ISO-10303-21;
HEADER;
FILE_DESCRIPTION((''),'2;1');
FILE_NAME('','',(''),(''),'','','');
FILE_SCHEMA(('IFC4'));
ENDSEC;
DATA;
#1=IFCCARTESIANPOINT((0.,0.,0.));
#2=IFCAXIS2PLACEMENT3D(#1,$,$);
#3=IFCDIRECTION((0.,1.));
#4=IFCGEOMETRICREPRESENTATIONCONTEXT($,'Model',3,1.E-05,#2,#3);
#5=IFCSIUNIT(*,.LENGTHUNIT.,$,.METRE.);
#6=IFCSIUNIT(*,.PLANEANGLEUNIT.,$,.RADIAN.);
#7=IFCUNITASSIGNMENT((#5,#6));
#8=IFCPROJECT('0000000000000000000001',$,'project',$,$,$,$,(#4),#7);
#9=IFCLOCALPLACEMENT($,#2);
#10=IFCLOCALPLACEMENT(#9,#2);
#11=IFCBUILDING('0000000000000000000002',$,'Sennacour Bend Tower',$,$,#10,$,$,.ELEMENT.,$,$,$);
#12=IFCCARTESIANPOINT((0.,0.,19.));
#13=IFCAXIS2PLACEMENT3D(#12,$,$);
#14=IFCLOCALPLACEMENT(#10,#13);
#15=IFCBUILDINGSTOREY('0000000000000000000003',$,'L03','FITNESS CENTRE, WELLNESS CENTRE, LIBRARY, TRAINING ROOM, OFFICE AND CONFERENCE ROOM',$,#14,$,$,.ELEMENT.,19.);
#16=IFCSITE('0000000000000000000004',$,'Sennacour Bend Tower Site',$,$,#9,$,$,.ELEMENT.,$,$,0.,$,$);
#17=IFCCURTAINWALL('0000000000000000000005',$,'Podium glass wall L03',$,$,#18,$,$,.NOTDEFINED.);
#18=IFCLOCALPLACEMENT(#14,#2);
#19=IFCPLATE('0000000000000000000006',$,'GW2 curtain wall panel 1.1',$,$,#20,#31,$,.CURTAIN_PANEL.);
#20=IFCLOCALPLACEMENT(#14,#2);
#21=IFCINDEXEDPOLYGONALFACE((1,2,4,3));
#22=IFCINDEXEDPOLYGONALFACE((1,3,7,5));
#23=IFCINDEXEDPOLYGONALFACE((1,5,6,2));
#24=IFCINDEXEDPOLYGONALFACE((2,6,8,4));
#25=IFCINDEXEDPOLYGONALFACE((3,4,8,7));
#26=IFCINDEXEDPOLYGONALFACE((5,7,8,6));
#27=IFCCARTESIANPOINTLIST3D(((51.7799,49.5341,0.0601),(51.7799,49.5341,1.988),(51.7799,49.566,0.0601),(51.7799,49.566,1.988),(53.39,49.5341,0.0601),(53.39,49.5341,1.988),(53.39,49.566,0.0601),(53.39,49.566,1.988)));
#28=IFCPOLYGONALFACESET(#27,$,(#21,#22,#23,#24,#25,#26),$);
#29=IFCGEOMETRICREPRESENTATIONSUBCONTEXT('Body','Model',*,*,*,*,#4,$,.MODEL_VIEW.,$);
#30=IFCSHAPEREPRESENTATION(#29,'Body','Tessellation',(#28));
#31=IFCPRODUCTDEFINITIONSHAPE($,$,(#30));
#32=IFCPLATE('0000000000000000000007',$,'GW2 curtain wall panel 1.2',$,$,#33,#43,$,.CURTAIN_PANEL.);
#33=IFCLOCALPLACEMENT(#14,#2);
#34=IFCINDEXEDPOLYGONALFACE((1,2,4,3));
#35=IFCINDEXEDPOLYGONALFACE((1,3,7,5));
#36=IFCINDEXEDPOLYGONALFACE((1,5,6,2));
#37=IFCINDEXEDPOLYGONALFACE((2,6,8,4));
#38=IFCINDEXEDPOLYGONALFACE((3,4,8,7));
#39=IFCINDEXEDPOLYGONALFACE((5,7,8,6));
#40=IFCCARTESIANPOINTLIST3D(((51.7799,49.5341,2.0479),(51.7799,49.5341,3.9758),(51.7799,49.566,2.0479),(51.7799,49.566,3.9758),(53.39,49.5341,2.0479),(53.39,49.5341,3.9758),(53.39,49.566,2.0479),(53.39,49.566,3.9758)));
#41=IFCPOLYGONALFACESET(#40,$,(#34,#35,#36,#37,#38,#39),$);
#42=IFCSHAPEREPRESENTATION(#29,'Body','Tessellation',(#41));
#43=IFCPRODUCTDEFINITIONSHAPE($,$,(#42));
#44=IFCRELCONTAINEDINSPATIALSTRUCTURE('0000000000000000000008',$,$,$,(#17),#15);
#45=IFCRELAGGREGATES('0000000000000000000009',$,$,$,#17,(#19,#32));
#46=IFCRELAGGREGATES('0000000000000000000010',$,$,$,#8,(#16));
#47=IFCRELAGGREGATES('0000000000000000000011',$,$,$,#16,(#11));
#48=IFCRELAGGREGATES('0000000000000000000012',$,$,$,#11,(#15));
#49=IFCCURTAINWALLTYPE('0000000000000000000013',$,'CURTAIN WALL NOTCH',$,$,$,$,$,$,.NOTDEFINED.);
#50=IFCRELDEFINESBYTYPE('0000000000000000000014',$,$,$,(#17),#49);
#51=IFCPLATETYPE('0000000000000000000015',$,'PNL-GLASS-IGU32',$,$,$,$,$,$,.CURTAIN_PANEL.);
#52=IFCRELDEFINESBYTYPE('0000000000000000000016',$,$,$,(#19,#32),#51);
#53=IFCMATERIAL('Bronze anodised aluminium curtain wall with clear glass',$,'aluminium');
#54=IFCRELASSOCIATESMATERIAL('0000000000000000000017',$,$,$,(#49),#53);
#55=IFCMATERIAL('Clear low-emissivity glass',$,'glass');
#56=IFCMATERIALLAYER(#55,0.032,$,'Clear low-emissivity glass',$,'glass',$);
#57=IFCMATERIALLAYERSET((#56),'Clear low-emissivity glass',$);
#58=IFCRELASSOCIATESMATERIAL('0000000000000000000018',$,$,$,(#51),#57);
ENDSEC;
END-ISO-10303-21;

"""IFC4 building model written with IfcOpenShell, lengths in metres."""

from ifc_helpers import new_model, si_unit, direction, frame, origin, origin_2d, place, context, subcontext, project, spatial, rectangle, extrude, material, layer, layer_set, type_object, element, aggregate, save


model = new_model("IFC4")

# Units and contexts
model_context = context("Model", 3, precision=1e-05, world=origin(), true_north=direction((0.0, 1.0)))
body_context = subcontext(model_context, "Body", "Model", "MODEL_VIEW")
ifc_project = project(units=[si_unit("LENGTHUNIT", "METRE"), si_unit("PLANEANGLEUNIT", "RADIAN")], contexts=[model_context])

# Site, building, storey
site_placement = place(None, origin())
site = spatial("IfcSite", under=ifc_project, at=site_placement, Name="Sennacour Bend Tower Site", CompositionType="ELEMENT", RefElevation=0.0)
building_placement = place(site_placement, origin())
building = spatial("IfcBuilding", under=site, at=building_placement, Name="Sennacour Bend Tower", CompositionType="ELEMENT")
storey_placement = place(building_placement, frame((0.0, 0.0, 19.0)))
storey = spatial("IfcBuildingStorey", under=building, at=storey_placement, Name="L03", Description="FITNESS CENTRE, WELLNESS CENTRE, LIBRARY, TRAINING ROOM, OFFICE AND CONFERENCE ROOM", CompositionType="ELEMENT", Elevation=19.0)

# Shared definitions
ifc_material_1 = material(Name="Bronze anodised aluminium curtain wall with clear glass", Category="aluminium")
curtain_wall_type = type_object("IfcCurtainWallType", Name="CURTAIN WALL NOTCH", PredefinedType="NOTDEFINED", material=ifc_material_1)

# Curtain wall
curtain_wall_1_placement = place(storey_placement, origin())
curtain_wall_1 = element("IfcCurtainWall", 1, at=curtain_wall_1_placement, inside=storey, type_object=curtain_wall_type, Name="Podium glass wall L03", PredefinedType="NOTDEFINED")

# Plates
ifc_material_2 = material(Name="Clear low-emissivity glass", Category="glass")
ifc_layer = layer(ifc_material_2, 0.032, Name="Clear low-emissivity glass", Category="glass")
ifc_layer_set = layer_set([ifc_layer], Name="Clear low-emissivity glass")
plate_type = type_object("IfcPlateType", Name="PNL-GLASS-IGU32", PredefinedType="CURTAIN_PANEL", material=ifc_layer_set)
plate_1_placement = place(storey_placement, frame((52.585, 49.55, 0.0601), z_axis=(0.0, 0.0, 1.0), x_axis=(-1.0, 0.0, 0.0)))
plate_1 = element("IfcPlate", 2, at=plate_1_placement, type_object=plate_type, Name="GW2 curtain wall panel 1.1", PredefinedType="CURTAIN_PANEL", context=body_context, shape_type="SweptSolid", body=[
    extrude(rectangle(XDim=1.6101, YDim=0.032, at=origin_2d()), origin(), (0.0, 0.0, 1.0), 1.928),
])
plate_2_placement = place(storey_placement, frame((52.585, 49.55, 2.0479), z_axis=(0.0, 0.0, 1.0), x_axis=(-1.0, 0.0, 0.0)))
plate_2 = element("IfcPlate", 3, at=plate_2_placement, type_object=plate_type, Name="GW2 curtain wall panel 1.2", PredefinedType="CURTAIN_PANEL", context=body_context, shape_type="SweptSolid", body=[
    extrude(rectangle(XDim=1.6101, YDim=0.032, at=origin_2d()), origin(), (0.0, 0.0, 1.0), 1.928),
])
aggregate(curtain_wall_1, [plate_1, plate_2])

save(model, "model.ifc")
